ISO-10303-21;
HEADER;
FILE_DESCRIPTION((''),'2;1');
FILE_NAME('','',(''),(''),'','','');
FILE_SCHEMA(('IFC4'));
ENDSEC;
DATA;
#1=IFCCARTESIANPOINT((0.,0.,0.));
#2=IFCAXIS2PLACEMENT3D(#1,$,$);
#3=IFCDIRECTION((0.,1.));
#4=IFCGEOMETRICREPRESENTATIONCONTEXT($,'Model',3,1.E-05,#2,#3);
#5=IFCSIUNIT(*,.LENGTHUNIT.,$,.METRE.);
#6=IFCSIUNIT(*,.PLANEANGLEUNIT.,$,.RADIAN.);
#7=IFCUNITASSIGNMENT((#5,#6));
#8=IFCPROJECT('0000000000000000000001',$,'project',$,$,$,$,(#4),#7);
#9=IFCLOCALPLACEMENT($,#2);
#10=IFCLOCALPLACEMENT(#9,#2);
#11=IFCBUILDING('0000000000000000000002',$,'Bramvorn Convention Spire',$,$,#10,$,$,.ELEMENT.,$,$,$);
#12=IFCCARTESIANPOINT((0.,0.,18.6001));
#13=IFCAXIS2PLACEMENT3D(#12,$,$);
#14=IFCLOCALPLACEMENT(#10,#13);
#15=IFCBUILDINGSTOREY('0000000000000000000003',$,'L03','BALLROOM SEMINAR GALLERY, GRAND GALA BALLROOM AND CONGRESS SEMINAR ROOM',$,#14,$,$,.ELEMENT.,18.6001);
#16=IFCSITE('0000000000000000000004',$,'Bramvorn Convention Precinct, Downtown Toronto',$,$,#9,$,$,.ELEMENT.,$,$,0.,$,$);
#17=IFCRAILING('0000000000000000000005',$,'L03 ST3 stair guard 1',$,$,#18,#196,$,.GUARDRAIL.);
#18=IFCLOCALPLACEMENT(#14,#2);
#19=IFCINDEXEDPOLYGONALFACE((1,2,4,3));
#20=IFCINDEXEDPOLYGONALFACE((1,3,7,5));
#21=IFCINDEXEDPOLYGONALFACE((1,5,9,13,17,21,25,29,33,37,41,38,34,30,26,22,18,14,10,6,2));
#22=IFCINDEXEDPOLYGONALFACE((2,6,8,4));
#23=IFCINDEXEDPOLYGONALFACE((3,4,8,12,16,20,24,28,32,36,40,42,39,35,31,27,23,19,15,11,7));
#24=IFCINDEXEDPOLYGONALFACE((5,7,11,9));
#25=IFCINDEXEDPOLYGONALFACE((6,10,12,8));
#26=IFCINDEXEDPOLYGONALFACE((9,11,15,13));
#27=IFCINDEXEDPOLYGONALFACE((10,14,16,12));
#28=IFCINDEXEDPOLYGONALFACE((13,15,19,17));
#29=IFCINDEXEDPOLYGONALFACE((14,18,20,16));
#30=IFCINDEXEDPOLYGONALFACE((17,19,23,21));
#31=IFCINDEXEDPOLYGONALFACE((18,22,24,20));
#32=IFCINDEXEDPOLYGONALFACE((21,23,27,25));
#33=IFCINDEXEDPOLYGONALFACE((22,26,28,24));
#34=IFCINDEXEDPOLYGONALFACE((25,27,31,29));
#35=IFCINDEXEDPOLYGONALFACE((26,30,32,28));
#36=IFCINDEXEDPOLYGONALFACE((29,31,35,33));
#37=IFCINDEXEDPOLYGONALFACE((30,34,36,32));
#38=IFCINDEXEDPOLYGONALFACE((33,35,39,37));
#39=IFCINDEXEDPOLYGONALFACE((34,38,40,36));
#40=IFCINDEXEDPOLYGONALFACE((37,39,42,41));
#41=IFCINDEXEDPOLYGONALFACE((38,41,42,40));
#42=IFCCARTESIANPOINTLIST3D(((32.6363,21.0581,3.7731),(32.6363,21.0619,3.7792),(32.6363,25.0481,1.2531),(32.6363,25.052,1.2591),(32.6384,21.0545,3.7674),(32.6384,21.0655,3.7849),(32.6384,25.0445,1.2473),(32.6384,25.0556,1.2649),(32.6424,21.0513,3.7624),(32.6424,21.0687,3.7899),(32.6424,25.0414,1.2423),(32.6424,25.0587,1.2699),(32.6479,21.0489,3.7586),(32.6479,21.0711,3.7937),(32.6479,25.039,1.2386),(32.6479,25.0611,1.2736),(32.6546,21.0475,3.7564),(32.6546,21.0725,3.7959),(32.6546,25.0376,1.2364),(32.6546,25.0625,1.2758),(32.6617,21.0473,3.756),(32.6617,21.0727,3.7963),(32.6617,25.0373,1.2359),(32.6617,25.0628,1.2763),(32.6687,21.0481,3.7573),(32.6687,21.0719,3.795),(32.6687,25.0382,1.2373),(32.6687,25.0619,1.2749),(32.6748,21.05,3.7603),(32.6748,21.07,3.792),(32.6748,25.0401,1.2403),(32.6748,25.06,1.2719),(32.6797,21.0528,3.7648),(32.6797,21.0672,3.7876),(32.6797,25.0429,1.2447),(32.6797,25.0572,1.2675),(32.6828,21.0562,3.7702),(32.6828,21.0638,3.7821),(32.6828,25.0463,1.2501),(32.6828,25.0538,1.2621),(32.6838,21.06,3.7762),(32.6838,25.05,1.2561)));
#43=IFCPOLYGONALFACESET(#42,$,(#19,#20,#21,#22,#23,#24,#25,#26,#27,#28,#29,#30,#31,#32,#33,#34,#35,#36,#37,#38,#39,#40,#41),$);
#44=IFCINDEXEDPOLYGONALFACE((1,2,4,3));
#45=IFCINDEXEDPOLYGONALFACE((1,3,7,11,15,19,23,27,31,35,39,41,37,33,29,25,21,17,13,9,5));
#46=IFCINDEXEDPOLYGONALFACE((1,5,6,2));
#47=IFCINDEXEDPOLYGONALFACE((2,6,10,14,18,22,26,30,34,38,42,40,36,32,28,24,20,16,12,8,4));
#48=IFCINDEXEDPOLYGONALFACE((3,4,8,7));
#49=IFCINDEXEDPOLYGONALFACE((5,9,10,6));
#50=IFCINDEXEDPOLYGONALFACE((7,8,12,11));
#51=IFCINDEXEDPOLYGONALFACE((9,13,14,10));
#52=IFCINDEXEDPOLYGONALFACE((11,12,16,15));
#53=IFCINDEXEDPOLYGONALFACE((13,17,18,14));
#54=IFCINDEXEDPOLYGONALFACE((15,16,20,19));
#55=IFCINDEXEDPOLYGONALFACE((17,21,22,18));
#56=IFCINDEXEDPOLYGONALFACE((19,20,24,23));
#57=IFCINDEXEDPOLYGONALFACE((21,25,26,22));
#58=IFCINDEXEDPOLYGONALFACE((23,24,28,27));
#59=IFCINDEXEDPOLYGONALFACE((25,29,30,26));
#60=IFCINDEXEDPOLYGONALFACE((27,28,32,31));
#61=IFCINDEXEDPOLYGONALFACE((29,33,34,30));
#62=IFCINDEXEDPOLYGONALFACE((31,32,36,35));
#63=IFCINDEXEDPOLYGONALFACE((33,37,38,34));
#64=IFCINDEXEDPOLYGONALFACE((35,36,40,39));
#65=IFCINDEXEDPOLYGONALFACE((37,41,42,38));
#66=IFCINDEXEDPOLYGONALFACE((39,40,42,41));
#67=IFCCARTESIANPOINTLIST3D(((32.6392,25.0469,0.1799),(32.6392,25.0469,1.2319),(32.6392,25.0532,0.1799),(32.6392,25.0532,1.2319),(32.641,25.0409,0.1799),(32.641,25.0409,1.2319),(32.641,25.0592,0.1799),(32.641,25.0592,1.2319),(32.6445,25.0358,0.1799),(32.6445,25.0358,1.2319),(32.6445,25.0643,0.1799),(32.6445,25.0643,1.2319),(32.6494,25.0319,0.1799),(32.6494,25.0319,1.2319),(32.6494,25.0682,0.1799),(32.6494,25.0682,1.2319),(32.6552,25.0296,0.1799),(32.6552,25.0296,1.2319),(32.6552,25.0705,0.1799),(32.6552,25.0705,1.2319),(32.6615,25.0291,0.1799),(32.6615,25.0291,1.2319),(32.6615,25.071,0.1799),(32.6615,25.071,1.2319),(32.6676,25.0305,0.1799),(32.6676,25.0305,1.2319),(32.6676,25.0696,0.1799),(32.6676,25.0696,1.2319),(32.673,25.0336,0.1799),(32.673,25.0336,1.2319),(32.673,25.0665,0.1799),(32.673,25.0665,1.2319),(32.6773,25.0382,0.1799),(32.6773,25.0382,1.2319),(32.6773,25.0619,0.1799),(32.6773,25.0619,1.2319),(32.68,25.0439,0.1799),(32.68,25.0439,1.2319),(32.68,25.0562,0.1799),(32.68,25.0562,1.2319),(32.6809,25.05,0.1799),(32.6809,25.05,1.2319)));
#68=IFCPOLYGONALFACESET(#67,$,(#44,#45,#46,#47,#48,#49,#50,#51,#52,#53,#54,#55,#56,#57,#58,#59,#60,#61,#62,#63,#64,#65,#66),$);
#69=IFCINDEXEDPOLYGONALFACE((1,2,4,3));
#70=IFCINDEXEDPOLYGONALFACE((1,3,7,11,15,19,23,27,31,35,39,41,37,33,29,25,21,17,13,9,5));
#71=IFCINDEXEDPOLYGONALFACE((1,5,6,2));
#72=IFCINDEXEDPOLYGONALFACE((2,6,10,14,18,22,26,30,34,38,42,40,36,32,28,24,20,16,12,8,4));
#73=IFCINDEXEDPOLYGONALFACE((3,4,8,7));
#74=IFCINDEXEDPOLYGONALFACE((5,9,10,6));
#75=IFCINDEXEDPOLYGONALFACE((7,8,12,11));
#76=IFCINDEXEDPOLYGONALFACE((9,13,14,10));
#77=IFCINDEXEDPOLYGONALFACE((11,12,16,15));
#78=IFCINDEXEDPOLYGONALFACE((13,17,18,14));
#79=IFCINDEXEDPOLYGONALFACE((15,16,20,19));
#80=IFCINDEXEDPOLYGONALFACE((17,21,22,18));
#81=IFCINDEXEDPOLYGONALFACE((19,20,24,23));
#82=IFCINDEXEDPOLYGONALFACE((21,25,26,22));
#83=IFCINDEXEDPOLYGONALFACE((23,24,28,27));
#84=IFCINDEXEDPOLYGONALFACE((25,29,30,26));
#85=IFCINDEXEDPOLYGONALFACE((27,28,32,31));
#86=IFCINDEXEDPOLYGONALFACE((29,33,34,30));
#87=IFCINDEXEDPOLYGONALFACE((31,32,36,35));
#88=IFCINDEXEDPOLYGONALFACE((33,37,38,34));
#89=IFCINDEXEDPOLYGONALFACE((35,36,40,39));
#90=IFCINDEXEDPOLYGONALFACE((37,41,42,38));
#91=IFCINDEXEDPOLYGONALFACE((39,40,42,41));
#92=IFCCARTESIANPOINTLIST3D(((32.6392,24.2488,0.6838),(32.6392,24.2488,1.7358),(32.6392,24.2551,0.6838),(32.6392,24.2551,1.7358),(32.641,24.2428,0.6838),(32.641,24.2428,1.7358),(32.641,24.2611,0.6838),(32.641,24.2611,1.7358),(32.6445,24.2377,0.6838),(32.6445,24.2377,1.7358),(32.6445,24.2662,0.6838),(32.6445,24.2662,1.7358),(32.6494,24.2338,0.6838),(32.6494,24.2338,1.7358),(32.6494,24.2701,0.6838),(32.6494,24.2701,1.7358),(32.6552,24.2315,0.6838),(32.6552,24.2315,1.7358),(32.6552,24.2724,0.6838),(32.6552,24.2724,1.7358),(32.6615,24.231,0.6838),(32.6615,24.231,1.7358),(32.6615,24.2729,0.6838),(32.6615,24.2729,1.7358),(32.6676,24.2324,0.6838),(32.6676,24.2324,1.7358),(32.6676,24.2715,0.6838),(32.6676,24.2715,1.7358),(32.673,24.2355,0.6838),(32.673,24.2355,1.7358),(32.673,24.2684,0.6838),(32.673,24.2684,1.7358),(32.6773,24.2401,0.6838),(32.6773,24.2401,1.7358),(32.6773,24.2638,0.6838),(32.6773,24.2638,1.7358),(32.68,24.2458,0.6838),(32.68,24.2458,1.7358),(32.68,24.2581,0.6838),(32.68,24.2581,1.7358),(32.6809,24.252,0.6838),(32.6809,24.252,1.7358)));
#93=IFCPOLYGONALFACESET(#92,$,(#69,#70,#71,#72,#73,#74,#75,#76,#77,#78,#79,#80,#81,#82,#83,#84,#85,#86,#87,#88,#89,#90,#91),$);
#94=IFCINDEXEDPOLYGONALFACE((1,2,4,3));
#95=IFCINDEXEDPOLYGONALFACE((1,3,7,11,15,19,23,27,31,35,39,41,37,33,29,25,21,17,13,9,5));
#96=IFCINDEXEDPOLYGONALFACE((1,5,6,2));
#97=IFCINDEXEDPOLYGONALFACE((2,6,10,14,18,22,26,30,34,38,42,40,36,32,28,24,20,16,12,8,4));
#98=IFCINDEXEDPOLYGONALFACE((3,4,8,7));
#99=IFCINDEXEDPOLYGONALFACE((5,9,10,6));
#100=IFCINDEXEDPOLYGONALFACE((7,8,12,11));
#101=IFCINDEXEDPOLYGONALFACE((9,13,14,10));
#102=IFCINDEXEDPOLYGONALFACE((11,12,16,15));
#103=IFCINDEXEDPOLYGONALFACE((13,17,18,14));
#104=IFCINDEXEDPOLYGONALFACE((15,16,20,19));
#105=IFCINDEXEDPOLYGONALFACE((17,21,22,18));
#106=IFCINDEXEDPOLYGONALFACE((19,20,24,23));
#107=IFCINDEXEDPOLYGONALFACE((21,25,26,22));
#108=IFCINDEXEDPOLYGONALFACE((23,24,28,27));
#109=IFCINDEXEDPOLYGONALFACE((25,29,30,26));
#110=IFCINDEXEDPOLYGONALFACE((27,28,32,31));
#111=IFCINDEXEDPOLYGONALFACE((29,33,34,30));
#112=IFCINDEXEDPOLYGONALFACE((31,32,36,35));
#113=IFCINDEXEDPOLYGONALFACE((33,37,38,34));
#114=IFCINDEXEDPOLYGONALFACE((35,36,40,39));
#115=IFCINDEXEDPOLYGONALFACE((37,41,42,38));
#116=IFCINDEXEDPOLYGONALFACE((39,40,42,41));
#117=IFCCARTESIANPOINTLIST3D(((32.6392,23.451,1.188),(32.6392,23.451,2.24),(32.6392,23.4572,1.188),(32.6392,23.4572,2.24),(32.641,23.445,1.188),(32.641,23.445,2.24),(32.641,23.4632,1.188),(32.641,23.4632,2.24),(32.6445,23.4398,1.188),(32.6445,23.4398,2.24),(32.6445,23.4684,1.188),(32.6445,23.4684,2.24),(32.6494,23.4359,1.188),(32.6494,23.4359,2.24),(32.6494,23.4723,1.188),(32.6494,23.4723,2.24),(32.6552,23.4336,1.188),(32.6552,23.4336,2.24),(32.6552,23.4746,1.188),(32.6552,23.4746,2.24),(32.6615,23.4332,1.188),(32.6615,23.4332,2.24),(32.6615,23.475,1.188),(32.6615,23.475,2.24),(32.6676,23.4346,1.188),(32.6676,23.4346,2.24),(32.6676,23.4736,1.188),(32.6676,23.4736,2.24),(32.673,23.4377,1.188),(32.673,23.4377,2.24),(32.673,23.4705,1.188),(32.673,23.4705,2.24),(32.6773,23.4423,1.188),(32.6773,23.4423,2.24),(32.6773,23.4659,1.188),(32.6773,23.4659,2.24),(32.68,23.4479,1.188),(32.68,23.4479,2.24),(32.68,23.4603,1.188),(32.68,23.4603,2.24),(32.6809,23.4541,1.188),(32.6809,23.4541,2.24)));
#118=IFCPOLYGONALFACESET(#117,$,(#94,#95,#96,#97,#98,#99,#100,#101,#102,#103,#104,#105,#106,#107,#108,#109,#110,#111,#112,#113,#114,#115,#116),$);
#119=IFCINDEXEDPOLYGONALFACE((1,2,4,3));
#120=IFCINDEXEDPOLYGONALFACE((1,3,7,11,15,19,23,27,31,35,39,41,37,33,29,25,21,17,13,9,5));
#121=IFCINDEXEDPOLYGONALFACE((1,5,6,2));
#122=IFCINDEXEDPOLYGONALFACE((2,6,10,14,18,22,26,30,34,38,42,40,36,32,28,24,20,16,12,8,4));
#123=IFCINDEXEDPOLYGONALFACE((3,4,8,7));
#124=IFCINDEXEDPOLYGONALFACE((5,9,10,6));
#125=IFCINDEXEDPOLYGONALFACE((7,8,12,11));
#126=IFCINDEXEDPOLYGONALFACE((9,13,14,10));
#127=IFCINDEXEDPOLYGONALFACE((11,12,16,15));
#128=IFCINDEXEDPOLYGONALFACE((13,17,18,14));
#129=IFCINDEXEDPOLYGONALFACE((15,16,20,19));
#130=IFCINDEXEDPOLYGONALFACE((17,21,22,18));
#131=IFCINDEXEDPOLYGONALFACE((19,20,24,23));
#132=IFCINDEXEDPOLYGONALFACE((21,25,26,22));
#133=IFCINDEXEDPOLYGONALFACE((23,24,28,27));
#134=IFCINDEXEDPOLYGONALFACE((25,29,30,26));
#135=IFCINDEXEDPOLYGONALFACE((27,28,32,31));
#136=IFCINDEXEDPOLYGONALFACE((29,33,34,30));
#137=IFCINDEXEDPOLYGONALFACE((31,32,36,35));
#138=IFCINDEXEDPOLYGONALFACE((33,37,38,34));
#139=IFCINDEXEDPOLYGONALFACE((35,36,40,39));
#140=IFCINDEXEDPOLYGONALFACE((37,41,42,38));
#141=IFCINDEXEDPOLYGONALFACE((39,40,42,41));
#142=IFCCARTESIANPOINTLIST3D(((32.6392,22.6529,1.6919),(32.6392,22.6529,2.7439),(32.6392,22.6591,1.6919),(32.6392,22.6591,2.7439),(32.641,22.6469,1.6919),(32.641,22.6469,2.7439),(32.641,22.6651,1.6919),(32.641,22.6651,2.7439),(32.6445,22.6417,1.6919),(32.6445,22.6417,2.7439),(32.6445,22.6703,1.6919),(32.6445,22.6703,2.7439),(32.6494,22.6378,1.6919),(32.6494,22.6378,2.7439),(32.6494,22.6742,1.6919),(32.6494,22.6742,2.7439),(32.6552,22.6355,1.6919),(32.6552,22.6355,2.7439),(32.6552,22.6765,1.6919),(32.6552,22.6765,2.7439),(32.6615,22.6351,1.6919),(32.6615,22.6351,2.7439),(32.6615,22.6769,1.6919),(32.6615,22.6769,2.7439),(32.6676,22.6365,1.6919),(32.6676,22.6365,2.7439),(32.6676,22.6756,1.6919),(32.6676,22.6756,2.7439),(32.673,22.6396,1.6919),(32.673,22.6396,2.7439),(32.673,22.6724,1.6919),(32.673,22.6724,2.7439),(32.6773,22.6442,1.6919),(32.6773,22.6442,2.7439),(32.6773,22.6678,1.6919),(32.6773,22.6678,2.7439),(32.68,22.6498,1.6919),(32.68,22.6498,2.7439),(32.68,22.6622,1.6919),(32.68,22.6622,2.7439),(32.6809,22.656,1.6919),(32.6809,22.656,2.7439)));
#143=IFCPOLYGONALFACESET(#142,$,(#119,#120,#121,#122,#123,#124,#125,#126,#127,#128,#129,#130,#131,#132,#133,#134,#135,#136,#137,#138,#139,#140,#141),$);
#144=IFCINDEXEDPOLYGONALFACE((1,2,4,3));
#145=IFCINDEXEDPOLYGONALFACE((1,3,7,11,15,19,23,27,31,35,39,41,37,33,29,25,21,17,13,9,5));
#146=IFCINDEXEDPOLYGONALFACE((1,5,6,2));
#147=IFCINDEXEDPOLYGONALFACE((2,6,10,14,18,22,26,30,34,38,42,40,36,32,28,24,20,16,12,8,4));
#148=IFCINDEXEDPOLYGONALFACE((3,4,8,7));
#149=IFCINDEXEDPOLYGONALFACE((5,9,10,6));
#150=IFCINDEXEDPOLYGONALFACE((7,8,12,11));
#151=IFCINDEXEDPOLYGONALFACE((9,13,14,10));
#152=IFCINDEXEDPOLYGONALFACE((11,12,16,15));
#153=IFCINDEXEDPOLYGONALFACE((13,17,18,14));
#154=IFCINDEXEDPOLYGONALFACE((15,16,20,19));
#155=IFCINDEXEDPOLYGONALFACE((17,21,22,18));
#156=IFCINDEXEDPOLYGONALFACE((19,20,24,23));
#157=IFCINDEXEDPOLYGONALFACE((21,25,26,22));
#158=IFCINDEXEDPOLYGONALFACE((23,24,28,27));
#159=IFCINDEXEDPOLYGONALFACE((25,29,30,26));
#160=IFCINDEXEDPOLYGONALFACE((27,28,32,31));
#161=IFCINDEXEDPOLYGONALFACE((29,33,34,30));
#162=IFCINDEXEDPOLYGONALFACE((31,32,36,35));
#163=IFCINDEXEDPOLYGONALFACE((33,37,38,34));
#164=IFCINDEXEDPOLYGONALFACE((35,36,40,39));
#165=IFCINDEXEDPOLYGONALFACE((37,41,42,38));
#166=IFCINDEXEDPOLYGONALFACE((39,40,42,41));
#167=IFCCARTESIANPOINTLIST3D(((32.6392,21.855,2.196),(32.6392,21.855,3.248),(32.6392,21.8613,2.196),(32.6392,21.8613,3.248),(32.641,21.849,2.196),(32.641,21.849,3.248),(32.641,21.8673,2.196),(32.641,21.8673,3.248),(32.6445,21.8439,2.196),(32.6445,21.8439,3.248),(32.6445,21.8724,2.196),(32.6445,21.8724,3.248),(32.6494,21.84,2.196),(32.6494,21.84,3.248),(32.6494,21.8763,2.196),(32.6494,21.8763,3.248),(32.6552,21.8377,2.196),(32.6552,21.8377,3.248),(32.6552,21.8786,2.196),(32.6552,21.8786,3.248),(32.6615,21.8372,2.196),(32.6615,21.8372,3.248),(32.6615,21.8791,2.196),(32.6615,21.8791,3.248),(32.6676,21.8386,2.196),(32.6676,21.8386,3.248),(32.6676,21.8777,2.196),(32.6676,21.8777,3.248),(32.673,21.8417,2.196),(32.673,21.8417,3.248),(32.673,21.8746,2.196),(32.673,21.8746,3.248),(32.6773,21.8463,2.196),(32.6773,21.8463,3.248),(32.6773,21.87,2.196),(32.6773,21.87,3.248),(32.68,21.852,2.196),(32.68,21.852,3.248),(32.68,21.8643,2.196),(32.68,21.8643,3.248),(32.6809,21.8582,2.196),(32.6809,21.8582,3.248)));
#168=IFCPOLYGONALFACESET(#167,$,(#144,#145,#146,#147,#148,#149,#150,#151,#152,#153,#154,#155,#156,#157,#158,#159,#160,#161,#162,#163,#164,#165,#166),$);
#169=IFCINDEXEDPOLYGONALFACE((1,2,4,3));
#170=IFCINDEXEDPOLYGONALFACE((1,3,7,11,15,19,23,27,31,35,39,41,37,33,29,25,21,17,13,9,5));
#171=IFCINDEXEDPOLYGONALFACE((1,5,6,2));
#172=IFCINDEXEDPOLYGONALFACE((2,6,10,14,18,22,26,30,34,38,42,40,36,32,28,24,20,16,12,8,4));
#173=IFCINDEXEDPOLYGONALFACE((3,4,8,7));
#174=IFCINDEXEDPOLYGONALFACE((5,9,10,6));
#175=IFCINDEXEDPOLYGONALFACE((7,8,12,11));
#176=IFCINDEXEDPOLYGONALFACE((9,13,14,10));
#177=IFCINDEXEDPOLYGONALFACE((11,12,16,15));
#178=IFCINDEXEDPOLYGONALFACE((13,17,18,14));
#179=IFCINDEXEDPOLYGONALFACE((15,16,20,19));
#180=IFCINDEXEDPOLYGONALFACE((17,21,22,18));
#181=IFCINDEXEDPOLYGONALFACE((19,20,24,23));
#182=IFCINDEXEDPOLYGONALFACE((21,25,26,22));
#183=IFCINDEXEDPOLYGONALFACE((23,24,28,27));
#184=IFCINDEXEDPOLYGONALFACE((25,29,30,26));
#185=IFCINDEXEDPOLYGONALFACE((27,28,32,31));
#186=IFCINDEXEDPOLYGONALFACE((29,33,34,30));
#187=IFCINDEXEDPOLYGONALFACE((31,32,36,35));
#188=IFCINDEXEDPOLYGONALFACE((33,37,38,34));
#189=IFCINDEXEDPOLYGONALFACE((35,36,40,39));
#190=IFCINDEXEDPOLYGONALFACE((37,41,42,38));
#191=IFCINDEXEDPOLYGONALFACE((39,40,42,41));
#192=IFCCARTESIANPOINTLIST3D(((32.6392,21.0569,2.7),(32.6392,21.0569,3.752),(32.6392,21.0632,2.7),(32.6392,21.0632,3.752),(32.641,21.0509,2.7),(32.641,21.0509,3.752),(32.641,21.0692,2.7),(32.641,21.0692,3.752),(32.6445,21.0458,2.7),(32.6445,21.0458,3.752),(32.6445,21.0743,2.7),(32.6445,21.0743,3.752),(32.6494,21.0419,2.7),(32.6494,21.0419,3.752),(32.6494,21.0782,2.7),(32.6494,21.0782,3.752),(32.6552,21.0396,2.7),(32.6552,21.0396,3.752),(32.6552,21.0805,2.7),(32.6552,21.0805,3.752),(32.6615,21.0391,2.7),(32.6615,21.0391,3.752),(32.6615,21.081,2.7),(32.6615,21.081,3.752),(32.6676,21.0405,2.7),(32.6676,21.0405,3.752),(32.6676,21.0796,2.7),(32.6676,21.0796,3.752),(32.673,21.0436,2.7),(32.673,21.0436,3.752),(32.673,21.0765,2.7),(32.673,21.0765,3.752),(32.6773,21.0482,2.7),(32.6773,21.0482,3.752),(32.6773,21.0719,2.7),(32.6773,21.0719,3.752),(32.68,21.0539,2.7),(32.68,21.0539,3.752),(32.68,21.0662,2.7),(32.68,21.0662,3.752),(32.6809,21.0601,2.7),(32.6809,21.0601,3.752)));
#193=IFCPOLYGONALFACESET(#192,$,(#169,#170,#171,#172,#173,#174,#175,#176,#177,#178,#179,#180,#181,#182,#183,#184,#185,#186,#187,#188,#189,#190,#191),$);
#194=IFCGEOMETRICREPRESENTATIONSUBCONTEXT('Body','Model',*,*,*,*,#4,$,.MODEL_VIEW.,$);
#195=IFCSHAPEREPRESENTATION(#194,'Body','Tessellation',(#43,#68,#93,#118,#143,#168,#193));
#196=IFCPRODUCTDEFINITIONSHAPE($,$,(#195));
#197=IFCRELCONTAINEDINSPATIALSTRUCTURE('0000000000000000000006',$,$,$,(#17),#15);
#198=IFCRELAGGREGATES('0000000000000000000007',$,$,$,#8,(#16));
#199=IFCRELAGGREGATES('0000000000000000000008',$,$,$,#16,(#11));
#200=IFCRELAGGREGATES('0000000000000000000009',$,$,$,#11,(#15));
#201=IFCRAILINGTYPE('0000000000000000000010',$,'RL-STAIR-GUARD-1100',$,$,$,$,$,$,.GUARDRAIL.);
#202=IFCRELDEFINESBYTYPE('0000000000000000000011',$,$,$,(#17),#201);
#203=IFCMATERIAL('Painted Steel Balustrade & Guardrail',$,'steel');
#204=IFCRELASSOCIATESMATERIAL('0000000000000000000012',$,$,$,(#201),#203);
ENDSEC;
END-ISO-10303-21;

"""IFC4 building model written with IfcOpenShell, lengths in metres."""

from ifc_helpers import new_model, si_unit, direction, frame, origin, origin_2d, place, context, subcontext, project, spatial, circle, extrude, material, type_object, element, save


model = new_model("IFC4")

# Units and contexts
model_context = context("Model", 3, precision=1e-05, world=origin(), true_north=direction((0.0, 1.0)))
body_context = subcontext(model_context, "Body", "Model", "MODEL_VIEW")
ifc_project = project(units=[si_unit("LENGTHUNIT", "METRE"), si_unit("PLANEANGLEUNIT", "RADIAN")], contexts=[model_context])

# Site, building, storey
site_placement = place(None, origin())
site = spatial("IfcSite", under=ifc_project, at=site_placement, Name="Bramvorn Convention Precinct, Downtown Toronto", CompositionType="ELEMENT", RefElevation=0.0)
building_placement = place(site_placement, origin())
building = spatial("IfcBuilding", under=site, at=building_placement, Name="Bramvorn Convention Spire", CompositionType="ELEMENT")
storey_placement = place(building_placement, frame((0.0, 0.0, 18.6001)))
storey = spatial("IfcBuildingStorey", under=building, at=storey_placement, Name="L03", Description="BALLROOM SEMINAR GALLERY, GRAND GALA BALLROOM AND CONGRESS SEMINAR ROOM", CompositionType="ELEMENT", Elevation=18.6001)

# Railing
ifc_material_1 = material(Name="Painted Steel Balustrade & Guardrail", Category="steel")
railing_type_1 = type_object("IfcRailingType", Name="RL-STAIR-GUARD-1100", PredefinedType="GUARDRAIL", material=ifc_material_1)
railing_1_placement = place(storey_placement, frame((32.6599, 25.05, 0.1799)))
element("IfcRailing", 1, at=railing_1_placement, inside=storey, type_object=railing_type_1, Name="L03 ST3 stair guard 1", PredefinedType="GUARDRAIL", context=body_context, shape_type="SweptSolid", body=[
    extrude(circle(Radius=0.0239, at=origin_2d()), frame((0.0, 0.0, 1.0762), z_axis=(0.0, -0.845486, 0.533997), x_axis=(1.0, 0.0, 0.0)), (0.0, 0.0, 1.0), 4.7192),
    extrude(circle(Radius=0.021, at=origin_2d()), origin(), (0.0, 0.0, 1.0), 1.052),
    extrude(circle(Radius=0.021, at=origin_2d()), frame((0.0, -0.7981, 0.5039)), (0.0, 0.0, 1.0), 1.052),
    extrude(circle(Radius=0.021, at=origin_2d()), frame((0.0, -1.5959, 1.0081)), (0.0, 0.0, 1.0), 1.052),
    extrude(circle(Radius=0.021, at=origin_2d()), frame((0.0, -2.394, 1.512)), (0.0, 0.0, 1.0), 1.052),
    extrude(circle(Radius=0.021, at=origin_2d()), frame((0.0, -3.1919, 2.0161)), (0.0, 0.0, 1.0), 1.052),
    extrude(circle(Radius=0.021, at=origin_2d()), frame((0.0, -3.99, 2.52)), (0.0, 0.0, 1.0), 1.052),
])

save(model, "model.ifc")
